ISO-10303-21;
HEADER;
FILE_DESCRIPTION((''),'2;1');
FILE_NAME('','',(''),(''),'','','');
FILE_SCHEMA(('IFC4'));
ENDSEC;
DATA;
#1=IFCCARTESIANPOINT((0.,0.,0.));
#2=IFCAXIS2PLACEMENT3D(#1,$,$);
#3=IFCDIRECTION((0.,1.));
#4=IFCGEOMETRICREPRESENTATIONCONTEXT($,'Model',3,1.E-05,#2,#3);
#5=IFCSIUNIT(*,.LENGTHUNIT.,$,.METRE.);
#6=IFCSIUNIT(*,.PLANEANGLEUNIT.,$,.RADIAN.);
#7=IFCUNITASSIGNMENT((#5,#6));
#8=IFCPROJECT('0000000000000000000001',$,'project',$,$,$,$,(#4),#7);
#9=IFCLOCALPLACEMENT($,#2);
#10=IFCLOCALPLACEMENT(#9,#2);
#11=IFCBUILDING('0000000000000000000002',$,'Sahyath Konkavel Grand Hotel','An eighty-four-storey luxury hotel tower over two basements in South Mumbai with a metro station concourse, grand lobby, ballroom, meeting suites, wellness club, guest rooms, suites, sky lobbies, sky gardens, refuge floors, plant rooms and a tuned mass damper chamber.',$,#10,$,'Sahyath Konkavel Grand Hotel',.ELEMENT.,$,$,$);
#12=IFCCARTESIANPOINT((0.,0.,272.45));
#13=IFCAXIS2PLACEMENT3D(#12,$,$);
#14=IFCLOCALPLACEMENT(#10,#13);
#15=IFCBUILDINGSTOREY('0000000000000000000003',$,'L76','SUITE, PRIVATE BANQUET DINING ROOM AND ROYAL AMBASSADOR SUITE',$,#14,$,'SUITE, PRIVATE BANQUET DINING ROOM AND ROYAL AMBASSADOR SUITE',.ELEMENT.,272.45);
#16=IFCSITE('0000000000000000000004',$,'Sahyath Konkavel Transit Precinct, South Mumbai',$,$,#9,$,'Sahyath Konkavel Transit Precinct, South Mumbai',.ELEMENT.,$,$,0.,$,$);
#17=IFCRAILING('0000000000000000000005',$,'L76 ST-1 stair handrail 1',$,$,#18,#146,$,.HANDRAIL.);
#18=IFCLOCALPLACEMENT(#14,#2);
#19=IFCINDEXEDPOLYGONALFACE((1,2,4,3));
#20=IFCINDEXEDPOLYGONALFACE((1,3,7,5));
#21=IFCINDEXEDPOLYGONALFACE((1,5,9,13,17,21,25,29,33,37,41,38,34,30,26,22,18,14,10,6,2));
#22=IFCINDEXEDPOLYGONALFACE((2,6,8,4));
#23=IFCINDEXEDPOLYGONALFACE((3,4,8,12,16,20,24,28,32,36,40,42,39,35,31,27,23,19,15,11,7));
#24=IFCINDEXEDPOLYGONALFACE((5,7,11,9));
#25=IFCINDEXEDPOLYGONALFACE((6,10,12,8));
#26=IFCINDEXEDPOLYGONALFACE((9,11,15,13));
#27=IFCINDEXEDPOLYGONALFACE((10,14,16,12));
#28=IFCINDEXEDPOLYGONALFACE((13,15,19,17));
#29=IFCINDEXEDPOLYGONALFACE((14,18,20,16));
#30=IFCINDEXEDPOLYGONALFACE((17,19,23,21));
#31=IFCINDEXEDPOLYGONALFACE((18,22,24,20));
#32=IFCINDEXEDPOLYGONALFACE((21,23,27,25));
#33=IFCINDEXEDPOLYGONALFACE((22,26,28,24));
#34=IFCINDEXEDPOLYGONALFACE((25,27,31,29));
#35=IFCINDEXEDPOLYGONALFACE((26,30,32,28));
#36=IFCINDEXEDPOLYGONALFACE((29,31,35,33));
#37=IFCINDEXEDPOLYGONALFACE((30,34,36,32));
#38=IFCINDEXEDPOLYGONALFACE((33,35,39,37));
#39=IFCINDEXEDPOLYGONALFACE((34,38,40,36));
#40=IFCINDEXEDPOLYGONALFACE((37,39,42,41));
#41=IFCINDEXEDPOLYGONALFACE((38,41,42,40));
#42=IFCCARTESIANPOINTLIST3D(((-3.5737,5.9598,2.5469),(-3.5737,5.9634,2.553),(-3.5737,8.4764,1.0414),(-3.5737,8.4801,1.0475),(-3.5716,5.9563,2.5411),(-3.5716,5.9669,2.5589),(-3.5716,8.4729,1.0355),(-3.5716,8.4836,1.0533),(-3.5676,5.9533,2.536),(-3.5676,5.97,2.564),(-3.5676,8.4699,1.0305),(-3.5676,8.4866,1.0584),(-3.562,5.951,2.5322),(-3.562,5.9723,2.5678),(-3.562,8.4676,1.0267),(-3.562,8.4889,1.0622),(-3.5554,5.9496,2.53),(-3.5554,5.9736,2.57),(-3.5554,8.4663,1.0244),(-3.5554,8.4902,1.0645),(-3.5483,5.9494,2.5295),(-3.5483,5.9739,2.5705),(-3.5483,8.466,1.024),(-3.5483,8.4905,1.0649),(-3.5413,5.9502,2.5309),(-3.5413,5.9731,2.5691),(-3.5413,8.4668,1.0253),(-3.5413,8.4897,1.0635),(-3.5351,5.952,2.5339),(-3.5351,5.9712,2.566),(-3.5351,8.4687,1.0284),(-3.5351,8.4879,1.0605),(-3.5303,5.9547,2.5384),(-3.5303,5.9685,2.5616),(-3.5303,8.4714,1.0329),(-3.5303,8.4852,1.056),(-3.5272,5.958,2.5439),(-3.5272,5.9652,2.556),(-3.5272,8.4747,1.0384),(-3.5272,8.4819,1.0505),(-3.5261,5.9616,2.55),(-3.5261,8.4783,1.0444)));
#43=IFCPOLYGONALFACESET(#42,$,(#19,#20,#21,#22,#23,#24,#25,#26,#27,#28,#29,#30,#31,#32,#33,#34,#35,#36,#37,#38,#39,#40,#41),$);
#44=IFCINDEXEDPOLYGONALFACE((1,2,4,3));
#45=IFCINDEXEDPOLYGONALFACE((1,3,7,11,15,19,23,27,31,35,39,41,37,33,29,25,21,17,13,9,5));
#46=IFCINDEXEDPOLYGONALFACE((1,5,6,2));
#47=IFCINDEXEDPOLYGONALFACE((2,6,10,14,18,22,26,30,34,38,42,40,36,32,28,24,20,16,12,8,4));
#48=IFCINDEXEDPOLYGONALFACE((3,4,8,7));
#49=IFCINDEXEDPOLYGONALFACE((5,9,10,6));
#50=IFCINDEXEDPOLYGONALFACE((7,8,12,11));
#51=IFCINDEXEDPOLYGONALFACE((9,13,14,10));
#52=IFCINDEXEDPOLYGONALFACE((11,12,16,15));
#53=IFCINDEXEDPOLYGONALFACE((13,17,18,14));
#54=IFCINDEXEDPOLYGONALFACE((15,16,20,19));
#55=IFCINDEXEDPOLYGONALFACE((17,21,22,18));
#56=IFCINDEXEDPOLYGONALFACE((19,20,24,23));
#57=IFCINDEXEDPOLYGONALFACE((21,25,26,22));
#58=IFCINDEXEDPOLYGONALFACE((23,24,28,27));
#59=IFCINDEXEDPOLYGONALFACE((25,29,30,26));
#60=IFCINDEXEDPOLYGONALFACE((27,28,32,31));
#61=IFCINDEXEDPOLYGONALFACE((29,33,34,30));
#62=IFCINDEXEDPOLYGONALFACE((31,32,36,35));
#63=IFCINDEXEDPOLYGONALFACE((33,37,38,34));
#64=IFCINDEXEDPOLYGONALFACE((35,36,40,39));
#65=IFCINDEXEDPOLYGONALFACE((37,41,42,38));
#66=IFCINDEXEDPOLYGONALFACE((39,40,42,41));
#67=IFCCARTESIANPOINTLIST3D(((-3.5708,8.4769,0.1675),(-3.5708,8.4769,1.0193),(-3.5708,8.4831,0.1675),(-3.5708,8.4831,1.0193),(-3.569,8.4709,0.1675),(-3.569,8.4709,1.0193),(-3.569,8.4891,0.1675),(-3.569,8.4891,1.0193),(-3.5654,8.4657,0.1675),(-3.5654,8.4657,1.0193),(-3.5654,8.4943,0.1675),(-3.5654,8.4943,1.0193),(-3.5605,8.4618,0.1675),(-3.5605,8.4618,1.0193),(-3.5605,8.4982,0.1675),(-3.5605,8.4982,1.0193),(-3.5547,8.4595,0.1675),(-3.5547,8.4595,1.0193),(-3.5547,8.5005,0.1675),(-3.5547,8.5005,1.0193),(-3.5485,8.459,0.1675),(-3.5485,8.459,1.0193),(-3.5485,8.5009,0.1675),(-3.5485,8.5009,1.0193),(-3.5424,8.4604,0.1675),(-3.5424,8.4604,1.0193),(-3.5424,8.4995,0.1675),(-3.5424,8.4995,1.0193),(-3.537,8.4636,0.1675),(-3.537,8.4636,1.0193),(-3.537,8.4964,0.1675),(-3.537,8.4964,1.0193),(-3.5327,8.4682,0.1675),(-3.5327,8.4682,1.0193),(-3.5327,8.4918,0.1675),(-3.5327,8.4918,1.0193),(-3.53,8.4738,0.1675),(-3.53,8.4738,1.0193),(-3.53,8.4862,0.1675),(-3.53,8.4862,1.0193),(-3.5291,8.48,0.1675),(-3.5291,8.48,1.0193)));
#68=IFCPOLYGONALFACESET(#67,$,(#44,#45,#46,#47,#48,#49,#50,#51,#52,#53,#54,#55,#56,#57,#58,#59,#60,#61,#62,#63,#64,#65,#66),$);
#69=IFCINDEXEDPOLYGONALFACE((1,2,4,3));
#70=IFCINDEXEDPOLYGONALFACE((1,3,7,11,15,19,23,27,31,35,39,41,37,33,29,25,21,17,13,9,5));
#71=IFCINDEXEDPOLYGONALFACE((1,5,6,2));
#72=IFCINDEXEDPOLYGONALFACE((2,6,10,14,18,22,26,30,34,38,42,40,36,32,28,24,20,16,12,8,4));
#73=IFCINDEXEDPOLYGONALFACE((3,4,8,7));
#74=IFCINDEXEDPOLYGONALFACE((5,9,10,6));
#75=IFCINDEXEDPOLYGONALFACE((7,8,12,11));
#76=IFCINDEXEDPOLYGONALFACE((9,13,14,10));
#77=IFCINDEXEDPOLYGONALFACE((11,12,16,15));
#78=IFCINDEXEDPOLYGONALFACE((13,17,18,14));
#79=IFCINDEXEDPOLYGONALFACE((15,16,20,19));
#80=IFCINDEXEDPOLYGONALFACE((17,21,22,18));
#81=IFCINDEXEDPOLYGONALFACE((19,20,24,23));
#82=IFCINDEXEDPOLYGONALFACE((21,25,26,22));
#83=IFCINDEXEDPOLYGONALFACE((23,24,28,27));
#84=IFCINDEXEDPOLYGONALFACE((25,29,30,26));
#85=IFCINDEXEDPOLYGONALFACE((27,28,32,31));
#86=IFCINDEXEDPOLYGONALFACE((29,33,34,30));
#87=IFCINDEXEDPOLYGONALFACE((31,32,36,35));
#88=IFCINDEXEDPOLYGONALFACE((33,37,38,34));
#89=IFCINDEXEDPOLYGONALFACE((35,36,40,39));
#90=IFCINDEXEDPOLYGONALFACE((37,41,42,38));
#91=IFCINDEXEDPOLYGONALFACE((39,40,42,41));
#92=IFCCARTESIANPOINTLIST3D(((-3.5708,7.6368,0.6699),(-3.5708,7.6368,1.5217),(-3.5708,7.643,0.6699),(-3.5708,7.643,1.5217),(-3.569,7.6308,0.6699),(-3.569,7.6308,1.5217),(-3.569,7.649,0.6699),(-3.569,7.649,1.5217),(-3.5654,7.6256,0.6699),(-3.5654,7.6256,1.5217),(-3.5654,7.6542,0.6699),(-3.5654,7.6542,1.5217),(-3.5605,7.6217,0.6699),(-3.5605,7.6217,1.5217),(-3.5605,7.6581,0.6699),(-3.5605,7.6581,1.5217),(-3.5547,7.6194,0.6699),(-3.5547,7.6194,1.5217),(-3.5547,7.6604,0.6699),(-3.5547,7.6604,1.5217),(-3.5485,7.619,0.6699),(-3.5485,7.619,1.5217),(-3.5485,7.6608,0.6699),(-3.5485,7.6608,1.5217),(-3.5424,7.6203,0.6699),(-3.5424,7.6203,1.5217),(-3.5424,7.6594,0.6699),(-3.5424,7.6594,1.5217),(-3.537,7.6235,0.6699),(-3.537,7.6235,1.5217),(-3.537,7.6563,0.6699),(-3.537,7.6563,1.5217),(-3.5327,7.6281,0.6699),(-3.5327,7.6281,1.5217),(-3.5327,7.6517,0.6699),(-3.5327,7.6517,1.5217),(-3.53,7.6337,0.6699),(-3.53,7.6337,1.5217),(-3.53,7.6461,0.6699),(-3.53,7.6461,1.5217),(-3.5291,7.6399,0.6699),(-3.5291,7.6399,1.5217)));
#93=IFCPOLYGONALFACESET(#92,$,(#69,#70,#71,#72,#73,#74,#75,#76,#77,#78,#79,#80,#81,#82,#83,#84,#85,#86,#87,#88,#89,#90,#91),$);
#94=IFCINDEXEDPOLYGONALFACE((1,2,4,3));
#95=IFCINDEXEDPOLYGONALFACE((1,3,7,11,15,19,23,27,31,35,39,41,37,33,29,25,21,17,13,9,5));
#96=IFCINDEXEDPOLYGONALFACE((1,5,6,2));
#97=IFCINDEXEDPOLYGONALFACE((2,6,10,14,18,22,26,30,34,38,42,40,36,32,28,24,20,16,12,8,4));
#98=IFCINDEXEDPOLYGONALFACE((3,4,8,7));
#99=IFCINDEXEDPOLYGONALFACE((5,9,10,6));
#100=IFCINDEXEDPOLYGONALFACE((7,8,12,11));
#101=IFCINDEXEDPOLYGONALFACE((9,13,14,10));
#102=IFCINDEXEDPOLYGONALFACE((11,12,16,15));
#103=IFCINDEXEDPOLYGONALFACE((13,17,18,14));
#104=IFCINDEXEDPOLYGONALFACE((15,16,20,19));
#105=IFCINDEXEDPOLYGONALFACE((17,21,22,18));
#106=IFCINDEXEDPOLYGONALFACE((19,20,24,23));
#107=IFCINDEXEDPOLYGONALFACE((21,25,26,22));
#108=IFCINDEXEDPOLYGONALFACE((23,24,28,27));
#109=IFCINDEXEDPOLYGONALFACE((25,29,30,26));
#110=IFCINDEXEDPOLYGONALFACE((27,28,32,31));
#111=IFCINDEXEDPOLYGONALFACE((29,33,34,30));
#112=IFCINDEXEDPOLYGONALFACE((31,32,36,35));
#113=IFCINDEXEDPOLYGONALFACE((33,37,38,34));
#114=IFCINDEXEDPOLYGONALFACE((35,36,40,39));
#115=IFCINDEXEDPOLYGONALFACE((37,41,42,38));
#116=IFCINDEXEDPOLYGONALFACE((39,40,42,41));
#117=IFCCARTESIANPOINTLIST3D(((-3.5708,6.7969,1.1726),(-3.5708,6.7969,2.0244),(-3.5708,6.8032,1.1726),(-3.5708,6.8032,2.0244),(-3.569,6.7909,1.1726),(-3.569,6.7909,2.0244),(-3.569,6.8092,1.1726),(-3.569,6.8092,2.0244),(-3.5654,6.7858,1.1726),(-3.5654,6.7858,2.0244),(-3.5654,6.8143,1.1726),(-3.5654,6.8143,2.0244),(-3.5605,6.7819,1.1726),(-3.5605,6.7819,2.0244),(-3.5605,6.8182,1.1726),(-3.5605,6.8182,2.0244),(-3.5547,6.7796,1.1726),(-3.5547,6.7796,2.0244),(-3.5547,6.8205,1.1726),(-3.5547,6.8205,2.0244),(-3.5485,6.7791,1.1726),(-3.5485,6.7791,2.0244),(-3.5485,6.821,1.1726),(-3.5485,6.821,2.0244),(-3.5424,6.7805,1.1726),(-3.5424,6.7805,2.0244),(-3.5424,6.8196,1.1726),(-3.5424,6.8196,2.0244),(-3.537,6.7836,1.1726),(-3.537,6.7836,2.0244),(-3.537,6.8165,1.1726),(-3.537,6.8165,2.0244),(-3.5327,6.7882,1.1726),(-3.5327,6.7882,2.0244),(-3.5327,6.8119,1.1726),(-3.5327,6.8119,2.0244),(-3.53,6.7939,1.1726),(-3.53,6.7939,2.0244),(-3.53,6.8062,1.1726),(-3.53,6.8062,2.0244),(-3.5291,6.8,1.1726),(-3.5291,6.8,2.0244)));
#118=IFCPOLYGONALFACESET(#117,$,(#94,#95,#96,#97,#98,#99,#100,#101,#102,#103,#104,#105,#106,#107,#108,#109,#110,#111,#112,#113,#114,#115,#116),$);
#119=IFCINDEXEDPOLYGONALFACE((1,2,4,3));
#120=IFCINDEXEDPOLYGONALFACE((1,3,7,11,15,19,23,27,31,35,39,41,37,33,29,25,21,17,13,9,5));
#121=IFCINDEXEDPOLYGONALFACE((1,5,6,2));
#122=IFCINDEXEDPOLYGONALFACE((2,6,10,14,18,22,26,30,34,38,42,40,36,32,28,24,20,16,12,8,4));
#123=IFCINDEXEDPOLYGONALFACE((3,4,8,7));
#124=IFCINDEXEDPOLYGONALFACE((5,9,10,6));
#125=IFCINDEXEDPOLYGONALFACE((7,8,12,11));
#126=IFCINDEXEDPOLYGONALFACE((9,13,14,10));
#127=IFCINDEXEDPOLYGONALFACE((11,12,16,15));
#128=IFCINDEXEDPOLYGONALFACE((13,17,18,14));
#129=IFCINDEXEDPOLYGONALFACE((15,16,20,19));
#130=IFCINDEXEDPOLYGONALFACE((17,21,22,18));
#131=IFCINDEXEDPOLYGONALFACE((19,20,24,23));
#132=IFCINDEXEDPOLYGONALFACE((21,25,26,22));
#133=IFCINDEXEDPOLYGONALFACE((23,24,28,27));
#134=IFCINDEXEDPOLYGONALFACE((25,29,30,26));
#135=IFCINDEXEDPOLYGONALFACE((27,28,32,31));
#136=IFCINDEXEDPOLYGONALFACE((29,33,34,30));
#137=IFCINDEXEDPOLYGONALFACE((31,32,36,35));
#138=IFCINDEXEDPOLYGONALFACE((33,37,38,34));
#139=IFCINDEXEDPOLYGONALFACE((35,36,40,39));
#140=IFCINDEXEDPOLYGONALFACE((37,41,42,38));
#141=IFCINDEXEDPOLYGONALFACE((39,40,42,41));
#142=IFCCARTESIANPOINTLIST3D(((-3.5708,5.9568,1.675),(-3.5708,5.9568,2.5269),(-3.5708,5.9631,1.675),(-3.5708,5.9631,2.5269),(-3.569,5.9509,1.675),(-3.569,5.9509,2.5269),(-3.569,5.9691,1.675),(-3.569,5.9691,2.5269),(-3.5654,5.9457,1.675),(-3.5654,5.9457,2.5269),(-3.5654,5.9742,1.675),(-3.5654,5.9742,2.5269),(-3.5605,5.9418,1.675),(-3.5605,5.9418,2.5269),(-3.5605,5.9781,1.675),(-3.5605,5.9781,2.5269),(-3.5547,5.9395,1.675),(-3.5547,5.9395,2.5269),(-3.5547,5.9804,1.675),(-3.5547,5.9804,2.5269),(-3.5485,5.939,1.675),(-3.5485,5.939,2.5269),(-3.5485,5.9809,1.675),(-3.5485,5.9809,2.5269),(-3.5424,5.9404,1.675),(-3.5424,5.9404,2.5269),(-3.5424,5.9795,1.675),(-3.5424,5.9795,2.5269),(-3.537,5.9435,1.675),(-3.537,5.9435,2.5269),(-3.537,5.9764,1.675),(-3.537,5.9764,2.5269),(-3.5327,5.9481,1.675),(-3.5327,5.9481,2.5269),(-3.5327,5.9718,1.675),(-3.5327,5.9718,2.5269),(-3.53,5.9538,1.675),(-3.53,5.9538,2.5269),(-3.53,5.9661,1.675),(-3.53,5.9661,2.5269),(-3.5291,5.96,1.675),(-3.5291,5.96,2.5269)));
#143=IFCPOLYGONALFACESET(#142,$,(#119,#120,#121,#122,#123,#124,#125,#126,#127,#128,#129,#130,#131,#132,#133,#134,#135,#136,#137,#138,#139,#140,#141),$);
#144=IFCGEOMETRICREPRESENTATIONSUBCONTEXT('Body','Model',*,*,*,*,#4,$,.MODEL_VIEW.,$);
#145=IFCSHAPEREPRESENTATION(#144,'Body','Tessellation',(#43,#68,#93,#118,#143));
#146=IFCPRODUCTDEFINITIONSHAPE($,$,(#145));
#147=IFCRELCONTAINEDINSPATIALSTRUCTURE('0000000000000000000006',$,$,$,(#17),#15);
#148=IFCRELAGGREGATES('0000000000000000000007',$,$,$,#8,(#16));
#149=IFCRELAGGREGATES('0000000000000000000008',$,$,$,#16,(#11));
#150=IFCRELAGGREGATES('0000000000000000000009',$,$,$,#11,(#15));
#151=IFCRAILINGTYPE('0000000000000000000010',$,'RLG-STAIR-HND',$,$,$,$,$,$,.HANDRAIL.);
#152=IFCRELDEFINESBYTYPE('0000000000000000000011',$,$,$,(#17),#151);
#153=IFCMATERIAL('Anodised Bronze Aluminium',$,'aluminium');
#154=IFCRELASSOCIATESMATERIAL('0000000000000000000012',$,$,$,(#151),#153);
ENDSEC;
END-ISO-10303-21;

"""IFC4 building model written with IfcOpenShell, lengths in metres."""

from ifc_helpers import new_model, si_unit, direction, frame, origin, origin_2d, place, context, subcontext, project, spatial, circle, extrude, material, type_object, element, save


model = new_model("IFC4")

# Units and contexts
model_context = context("Model", 3, precision=1e-05, world=origin(), true_north=direction((0.0, 1.0)))
body_context = subcontext(model_context, "Body", "Model", "MODEL_VIEW")
ifc_project = project(units=[si_unit("LENGTHUNIT", "METRE"), si_unit("PLANEANGLEUNIT", "RADIAN")], contexts=[model_context])

# Site, building, storey
site_placement = place(None, origin())
site = spatial("IfcSite", under=ifc_project, at=site_placement, Name="Sahyath Konkavel Transit Precinct, South Mumbai", LongName="Sahyath Konkavel Transit Precinct, South Mumbai", CompositionType="ELEMENT", RefElevation=0.0)
building_placement = place(site_placement, origin())
building = spatial("IfcBuilding", under=site, at=building_placement, Name="Sahyath Konkavel Grand Hotel", Description="An eighty-four-storey luxury hotel tower over two basements in South Mumbai with a metro station concourse, grand lobby, ballroom, meeting suites, wellness club, guest rooms, suites, sky lobbies, sky gardens, refuge floors, plant rooms and a tuned mass damper chamber.", LongName="Sahyath Konkavel Grand Hotel", CompositionType="ELEMENT")
storey_placement = place(building_placement, frame((0.0, 0.0, 272.45)))
storey = spatial("IfcBuildingStorey", under=building, at=storey_placement, Name="L76", Description="SUITE, PRIVATE BANQUET DINING ROOM AND ROYAL AMBASSADOR SUITE", LongName="SUITE, PRIVATE BANQUET DINING ROOM AND ROYAL AMBASSADOR SUITE", CompositionType="ELEMENT", Elevation=272.45)

# Shared definitions
ifc_material_1 = material(Name="Anodised Bronze Aluminium", Category="aluminium")

# Railing
railing_type_1 = type_object("IfcRailingType", Name="RLG-STAIR-HND", PredefinedType="HANDRAIL", material=ifc_material_1)
railing_1_placement = place(storey_placement, frame((-3.55, 8.48, 0.1675)))
element("IfcRailing", 1, at=railing_1_placement, inside=storey, type_object=railing_type_1, Name="L76 ST-1 stair handrail 1", PredefinedType="HANDRAIL", context=body_context, shape_type="SweptSolid", body=[
    extrude(circle(Radius=0.0239, at=origin_2d()), frame((0.0, -0.0017, 0.877), z_axis=(0.0, -0.85816, 0.513383), x_axis=(1.0, 0.0, 0.0)), (0.0, 0.0, 1.0), 2.9326),
    extrude(circle(Radius=0.021, at=origin_2d()), origin(), (0.0, 0.0, 1.0), 0.8518),
    extrude(circle(Radius=0.021, at=origin_2d()), frame((0.0, -0.8401, 0.5024)), (0.0, 0.0, 1.0), 0.8518),
    extrude(circle(Radius=0.021, at=origin_2d()), frame((0.0, -1.6799, 1.0051)), (0.0, 0.0, 1.0), 0.8518),
    extrude(circle(Radius=0.021, at=origin_2d()), frame((0.0, -2.52, 1.5076)), (0.0, 0.0, 1.0), 0.8518),
])

save(model, "model.ifc")
